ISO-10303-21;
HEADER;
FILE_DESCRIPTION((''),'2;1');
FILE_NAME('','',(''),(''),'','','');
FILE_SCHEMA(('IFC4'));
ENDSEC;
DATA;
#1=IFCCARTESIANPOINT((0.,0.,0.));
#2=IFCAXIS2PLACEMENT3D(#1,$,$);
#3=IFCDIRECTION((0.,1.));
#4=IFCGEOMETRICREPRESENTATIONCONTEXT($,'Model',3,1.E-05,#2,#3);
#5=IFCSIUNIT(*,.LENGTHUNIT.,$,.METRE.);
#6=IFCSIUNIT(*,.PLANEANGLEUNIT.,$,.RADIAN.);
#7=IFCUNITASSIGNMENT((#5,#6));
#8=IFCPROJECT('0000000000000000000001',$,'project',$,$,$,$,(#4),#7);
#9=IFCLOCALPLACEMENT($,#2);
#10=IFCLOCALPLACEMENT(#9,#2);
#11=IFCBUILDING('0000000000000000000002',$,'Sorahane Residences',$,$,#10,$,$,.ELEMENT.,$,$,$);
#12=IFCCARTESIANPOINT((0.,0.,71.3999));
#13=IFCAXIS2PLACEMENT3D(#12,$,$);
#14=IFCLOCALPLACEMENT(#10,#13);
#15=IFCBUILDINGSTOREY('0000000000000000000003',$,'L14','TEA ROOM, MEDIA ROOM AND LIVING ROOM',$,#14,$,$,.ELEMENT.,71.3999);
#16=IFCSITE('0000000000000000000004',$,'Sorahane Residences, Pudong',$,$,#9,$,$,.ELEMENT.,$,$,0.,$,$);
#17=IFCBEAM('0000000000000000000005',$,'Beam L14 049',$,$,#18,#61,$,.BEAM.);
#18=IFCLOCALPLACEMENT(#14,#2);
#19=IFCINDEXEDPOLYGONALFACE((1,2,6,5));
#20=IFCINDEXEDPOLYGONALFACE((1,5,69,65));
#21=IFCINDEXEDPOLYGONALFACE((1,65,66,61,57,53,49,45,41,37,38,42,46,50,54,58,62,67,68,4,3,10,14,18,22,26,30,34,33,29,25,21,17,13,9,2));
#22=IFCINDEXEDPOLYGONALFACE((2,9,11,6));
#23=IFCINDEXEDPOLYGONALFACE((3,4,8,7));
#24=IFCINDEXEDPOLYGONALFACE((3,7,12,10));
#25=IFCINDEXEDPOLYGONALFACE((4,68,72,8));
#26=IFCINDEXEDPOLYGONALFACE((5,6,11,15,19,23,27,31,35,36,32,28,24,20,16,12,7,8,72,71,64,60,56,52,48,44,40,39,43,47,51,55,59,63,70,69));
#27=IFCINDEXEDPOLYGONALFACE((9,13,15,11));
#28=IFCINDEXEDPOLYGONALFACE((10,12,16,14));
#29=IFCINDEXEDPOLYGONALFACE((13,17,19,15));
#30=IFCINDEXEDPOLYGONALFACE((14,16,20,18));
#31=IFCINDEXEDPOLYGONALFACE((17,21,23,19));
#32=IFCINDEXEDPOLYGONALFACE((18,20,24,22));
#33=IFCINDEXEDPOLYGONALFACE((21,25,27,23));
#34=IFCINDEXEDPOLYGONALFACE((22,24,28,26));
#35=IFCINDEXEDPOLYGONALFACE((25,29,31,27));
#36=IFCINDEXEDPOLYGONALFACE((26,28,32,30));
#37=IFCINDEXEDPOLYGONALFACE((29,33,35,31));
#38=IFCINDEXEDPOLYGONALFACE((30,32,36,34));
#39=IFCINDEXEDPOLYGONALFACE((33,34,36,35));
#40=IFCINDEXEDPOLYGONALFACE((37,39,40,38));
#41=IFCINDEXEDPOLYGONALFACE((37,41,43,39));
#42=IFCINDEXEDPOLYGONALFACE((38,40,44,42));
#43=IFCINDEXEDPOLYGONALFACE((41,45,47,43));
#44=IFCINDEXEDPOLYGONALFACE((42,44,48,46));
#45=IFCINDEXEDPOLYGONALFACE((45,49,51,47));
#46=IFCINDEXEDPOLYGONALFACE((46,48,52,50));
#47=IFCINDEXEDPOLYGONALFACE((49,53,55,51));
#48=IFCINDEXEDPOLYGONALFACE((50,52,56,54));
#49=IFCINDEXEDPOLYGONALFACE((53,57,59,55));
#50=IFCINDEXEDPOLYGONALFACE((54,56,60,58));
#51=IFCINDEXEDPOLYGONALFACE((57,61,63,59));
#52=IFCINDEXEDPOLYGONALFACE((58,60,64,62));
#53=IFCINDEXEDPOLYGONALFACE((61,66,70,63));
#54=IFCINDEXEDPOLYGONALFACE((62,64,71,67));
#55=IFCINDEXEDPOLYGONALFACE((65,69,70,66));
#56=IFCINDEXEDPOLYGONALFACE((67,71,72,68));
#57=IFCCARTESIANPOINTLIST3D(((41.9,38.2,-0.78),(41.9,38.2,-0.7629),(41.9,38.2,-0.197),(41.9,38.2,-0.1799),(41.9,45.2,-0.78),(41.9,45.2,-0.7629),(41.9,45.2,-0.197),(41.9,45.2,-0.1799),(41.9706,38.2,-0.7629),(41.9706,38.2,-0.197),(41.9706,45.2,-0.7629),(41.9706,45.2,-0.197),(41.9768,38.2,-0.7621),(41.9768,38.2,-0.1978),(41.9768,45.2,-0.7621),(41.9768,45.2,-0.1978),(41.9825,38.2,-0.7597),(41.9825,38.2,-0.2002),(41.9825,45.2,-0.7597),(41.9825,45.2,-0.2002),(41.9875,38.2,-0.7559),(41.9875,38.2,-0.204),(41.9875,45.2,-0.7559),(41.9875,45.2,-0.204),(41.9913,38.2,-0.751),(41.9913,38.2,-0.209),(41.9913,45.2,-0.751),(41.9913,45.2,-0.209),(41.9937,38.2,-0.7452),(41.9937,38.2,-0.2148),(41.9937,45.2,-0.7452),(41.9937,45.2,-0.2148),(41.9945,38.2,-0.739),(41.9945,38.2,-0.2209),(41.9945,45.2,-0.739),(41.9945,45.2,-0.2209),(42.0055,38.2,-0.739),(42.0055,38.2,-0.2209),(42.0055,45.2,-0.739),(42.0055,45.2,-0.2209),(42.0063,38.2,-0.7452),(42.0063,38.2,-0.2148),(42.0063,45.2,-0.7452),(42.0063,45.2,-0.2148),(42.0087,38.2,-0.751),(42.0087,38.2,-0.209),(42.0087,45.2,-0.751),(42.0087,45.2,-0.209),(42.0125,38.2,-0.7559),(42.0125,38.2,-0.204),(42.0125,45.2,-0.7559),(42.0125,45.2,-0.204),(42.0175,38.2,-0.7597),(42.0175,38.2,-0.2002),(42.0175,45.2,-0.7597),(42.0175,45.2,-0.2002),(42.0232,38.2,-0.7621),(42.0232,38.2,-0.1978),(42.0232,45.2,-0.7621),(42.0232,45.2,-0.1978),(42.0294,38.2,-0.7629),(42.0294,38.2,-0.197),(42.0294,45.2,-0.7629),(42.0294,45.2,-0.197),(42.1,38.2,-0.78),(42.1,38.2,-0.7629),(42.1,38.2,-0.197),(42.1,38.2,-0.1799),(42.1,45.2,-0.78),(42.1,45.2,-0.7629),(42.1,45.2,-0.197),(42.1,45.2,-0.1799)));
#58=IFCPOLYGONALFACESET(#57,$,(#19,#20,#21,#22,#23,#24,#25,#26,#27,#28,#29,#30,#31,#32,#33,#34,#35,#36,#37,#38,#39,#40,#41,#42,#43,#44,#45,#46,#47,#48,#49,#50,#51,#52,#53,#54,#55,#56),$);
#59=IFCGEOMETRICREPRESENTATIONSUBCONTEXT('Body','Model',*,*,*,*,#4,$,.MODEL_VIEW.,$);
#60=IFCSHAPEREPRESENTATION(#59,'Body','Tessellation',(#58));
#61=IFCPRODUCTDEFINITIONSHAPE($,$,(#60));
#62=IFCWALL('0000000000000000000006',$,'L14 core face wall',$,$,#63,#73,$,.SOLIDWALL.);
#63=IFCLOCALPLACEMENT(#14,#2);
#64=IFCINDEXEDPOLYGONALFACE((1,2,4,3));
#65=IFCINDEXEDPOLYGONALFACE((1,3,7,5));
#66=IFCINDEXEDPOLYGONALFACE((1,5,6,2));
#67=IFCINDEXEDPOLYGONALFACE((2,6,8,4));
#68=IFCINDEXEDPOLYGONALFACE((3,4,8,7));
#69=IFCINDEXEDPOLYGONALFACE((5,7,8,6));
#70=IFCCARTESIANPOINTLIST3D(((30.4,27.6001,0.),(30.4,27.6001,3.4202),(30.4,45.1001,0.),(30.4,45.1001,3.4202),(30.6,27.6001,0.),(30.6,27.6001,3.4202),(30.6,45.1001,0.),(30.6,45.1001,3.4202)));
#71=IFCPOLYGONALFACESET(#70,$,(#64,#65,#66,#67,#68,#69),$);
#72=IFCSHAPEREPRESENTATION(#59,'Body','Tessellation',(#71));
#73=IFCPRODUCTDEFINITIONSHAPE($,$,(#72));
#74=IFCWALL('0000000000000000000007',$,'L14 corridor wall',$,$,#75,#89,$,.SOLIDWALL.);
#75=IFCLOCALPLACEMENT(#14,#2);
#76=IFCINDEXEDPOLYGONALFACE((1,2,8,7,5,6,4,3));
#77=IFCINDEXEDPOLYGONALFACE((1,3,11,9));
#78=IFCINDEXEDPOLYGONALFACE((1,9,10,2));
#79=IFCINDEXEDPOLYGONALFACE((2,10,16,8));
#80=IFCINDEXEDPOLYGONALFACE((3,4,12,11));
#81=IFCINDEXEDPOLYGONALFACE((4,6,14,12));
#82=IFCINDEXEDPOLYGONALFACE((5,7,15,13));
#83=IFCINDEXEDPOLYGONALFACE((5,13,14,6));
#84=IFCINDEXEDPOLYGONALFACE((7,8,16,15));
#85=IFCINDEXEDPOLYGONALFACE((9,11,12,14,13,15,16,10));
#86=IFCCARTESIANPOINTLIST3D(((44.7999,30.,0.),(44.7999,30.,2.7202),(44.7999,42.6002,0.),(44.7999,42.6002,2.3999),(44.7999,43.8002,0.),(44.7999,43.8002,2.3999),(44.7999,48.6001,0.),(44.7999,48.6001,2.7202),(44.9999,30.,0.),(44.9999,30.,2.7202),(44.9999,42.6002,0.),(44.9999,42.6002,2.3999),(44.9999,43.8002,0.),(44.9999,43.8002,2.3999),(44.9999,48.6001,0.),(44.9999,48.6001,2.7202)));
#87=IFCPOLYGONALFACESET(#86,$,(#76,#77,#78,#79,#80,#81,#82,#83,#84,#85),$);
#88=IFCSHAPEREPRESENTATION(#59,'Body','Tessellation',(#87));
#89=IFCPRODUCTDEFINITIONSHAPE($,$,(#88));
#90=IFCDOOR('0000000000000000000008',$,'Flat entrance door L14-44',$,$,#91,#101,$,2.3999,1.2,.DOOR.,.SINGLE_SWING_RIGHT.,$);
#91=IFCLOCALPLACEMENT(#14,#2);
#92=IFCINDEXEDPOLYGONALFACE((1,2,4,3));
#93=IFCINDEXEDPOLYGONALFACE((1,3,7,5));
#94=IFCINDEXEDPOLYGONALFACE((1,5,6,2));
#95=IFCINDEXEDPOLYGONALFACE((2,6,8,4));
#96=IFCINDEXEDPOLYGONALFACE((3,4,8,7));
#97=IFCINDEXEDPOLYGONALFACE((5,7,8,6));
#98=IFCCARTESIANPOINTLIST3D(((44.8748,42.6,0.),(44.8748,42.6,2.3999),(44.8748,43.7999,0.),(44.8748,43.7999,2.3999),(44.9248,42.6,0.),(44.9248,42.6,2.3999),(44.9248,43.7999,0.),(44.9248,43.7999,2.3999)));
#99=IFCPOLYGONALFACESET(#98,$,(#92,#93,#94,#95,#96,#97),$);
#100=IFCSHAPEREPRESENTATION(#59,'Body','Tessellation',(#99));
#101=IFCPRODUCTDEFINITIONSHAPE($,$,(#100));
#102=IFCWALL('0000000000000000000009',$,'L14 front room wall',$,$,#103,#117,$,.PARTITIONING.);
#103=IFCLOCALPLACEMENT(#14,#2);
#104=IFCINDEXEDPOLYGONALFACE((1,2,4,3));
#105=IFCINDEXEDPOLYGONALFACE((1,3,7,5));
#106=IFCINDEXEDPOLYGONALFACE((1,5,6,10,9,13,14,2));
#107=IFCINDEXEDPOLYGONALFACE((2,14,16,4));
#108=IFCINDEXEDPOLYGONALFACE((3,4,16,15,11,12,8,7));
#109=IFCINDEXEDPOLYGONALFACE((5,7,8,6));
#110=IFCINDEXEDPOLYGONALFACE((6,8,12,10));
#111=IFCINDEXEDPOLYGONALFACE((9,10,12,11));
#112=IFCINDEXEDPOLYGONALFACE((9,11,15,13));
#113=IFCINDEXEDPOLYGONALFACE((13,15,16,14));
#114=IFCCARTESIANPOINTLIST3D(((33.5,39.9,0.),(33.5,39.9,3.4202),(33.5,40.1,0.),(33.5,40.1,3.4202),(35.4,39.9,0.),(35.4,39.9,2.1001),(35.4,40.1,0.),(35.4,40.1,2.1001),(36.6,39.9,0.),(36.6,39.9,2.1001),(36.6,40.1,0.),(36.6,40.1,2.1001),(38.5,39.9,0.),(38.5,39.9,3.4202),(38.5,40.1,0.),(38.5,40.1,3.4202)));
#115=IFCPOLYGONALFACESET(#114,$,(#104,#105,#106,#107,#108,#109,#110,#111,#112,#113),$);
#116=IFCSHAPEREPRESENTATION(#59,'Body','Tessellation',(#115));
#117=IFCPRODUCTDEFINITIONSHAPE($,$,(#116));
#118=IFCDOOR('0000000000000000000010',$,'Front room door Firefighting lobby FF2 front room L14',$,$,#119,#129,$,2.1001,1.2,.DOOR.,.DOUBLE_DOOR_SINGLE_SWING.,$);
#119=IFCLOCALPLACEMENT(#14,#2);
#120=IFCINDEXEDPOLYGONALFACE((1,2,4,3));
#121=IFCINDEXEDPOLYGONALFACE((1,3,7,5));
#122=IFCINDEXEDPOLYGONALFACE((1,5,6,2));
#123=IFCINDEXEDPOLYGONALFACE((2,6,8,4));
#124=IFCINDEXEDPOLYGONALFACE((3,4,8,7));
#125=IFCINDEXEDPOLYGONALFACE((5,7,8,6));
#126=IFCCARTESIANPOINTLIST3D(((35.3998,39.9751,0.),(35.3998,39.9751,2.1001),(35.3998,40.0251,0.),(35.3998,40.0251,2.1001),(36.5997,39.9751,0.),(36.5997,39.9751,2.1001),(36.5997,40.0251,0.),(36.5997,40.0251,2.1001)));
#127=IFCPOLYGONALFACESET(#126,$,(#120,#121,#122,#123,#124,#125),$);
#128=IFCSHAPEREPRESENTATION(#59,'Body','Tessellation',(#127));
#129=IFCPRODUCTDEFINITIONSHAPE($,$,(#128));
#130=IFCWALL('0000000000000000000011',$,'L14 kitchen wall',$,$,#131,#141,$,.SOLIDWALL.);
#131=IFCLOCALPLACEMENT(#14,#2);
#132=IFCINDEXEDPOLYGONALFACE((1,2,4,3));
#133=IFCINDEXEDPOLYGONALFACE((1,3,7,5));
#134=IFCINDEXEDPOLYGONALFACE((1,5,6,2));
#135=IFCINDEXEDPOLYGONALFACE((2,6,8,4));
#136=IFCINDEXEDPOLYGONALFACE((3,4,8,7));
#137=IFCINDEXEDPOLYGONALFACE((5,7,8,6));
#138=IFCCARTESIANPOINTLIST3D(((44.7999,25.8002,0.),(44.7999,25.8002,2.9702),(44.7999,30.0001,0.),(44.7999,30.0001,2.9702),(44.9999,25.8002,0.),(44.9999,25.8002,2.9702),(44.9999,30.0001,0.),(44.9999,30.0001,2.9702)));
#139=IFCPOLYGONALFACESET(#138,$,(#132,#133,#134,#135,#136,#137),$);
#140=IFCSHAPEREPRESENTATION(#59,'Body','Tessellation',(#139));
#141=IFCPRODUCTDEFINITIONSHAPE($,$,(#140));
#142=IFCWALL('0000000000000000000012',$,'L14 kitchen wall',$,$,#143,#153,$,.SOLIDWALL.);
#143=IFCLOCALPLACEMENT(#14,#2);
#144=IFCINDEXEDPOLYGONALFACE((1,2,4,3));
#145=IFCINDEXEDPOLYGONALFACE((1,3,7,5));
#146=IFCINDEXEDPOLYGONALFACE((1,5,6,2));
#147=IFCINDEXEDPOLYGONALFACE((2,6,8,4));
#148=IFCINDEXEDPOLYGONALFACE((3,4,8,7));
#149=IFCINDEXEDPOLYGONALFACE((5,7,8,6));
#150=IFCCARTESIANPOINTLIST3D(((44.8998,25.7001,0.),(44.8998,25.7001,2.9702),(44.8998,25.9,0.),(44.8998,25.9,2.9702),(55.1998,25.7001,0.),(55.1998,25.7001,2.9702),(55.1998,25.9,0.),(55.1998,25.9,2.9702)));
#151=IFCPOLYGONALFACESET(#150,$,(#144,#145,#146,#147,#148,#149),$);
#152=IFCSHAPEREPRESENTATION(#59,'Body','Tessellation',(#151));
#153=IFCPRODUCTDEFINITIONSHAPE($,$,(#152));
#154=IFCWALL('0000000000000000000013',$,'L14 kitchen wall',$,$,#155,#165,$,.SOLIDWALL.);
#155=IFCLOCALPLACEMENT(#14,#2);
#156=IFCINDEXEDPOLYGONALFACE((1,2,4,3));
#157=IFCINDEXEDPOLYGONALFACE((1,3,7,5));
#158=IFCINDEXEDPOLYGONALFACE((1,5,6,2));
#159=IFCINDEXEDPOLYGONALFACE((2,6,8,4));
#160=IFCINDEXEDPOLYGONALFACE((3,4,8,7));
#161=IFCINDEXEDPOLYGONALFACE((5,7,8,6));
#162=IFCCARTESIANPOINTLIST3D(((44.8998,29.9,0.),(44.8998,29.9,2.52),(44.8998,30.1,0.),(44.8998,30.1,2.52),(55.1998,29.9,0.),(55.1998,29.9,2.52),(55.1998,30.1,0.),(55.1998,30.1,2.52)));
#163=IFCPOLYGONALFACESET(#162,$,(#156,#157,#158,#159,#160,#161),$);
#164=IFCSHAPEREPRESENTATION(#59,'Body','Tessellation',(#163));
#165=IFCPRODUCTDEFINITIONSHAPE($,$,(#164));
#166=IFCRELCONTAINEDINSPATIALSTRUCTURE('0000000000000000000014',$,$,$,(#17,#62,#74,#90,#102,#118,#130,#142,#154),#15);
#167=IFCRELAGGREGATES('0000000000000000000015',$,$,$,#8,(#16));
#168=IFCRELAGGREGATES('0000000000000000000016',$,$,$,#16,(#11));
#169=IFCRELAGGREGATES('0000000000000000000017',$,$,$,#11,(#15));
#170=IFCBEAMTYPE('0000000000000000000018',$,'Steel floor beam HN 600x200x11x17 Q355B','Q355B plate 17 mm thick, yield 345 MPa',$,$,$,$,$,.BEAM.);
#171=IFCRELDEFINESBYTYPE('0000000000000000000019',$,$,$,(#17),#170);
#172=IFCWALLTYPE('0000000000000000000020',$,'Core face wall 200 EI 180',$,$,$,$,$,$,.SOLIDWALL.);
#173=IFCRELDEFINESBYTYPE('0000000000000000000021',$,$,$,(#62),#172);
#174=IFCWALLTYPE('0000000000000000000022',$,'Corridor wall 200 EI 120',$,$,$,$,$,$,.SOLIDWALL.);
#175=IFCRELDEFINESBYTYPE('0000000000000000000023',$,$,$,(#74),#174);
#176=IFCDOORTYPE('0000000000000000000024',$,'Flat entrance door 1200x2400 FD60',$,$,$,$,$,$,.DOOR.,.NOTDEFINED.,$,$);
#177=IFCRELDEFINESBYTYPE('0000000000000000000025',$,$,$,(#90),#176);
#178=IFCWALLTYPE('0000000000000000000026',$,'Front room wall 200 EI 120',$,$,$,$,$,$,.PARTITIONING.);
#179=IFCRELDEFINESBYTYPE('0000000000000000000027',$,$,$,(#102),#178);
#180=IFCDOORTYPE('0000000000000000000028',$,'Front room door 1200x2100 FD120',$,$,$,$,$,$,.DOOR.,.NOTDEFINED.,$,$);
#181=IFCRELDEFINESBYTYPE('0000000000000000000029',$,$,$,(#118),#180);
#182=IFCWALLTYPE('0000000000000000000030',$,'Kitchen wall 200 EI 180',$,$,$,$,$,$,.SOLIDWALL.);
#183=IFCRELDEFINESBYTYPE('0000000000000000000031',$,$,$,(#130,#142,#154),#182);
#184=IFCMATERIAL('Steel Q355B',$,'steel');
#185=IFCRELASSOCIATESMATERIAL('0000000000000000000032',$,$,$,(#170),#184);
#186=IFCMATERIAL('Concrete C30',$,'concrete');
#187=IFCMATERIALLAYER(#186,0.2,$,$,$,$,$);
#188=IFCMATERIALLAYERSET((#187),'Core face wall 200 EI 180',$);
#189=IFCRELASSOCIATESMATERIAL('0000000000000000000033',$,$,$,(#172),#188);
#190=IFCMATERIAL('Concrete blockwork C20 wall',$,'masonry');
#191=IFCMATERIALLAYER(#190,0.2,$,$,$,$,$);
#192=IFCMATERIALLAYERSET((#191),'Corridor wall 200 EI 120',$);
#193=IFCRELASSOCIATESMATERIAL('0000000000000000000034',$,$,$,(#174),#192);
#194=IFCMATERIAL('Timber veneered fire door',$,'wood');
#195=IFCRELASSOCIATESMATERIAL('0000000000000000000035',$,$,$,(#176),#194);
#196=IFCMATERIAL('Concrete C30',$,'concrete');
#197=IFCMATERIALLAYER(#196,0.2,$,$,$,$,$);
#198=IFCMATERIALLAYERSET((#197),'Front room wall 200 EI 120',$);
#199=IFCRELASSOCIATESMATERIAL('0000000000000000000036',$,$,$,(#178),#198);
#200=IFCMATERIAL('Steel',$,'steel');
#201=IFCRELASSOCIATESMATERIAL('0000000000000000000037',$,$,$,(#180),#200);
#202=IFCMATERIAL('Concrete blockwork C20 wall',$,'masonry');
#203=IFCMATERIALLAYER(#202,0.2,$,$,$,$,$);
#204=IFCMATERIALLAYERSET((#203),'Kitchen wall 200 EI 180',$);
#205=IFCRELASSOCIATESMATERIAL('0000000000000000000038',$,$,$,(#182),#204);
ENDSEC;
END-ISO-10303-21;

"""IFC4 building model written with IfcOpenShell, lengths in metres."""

from ifc_helpers import new_model, si_unit, direction, frame, frame_2d, origin, origin_2d, place, context, subcontext, project, spatial, rectangle, i_section, extrude, material, layer, layer_set, material_profile, profile_set, type_object, element, fill, save


model = new_model("IFC4")

# Units and contexts
model_context = context("Model", 3, precision=1e-05, world=origin(), true_north=direction((0.0, 1.0)))
body_context = subcontext(model_context, "Body", "Model", "MODEL_VIEW")
ifc_project = project(units=[si_unit("LENGTHUNIT", "METRE"), si_unit("PLANEANGLEUNIT", "RADIAN")], contexts=[model_context])

# Site, building, storey
site_placement = place(None, origin())
site = spatial("IfcSite", under=ifc_project, at=site_placement, Name="Sorahane Residences, Pudong", CompositionType="ELEMENT", RefElevation=0.0)
building_placement = place(site_placement, origin())
building = spatial("IfcBuilding", under=site, at=building_placement, Name="Sorahane Residences", CompositionType="ELEMENT")
storey_placement = place(building_placement, frame((0.0, 0.0, 71.3999)))
storey = spatial("IfcBuildingStorey", under=building, at=storey_placement, Name="L14", Description="TEA ROOM, MEDIA ROOM AND LIVING ROOM", CompositionType="ELEMENT", Elevation=71.3999)

# Beam
ifc_material_1 = material(Name="Steel Q355B", Category="steel")
ifc_material_profile_1 = material_profile(ifc_material_1, i_section(OverallWidth=0.2, OverallDepth=0.6001, WebThickness=0.011, FlangeThickness=0.0171, FilletRadius=0.0239, at=origin_2d()), Name="HN 600x200x11x17")
ifc_profile_set_1 = profile_set([ifc_material_profile_1], Name="Steel Q355B")
beam_type_1 = type_object("IfcBeamType", Name="Steel floor beam HN 600x200x11x17 Q355B", Description="Q355B plate 17 mm thick, yield 345 MPa", PredefinedType="BEAM", material=ifc_profile_set_1)
for number, where, z_axis, x_axis, name in (
    (1, (42.0, 38.2, -0.48), (0.0, 1.0, 0.0), (-1.0, 0.0, 0.0), "Beam L14 049"),
):
    element("IfcBeam", number, at=place(storey_placement, frame(where, z_axis=z_axis, x_axis=x_axis)), inside=storey, type_object=beam_type_1, Name=name, PredefinedType="BEAM", context=body_context, shape_type="SweptSolid", body=[
        extrude(i_section(OverallWidth=0.2, OverallDepth=0.6001, WebThickness=0.011, FlangeThickness=0.0171, FilletRadius=0.0239, at=origin_2d()), origin(), (0.0, 0.0, 1.0), 7.0),
    ])

# Wall
ifc_material_2 = material(Name="Concrete C30", Category="concrete")
ifc_layer_1 = layer(ifc_material_2, 0.2)
ifc_layer_set_1 = layer_set([ifc_layer_1], Name="Core face wall 200 EI 180")
wall_type_1 = type_object("IfcWallType", Name="Core face wall 200 EI 180", PredefinedType="SOLIDWALL", material=ifc_layer_set_1)
wall_1_placement = place(storey_placement, frame((30.5, 27.6001, 0.0), z_axis=(0.0, 0.0, 1.0), x_axis=(0.0, 1.0, 0.0)))
element("IfcWall", 2, at=wall_1_placement, inside=storey, type_object=wall_type_1, Name="L14 core face wall", PredefinedType="SOLIDWALL", context=body_context, shape_type="SweptSolid", body=[
    extrude(rectangle(XDim=17.5, YDim=0.2, at=frame_2d((8.75, 0.0))), origin(), (0.0, 0.0, 1.0), 3.4202),
])

# Walls, openings, doors
ifc_material_3 = material(Name="Concrete blockwork C20 wall", Category="masonry")
ifc_layer_2 = layer(ifc_material_3, 0.2)
ifc_layer_set_2 = layer_set([ifc_layer_2], Name="Corridor wall 200 EI 120")
wall_type_2 = type_object("IfcWallType", Name="Corridor wall 200 EI 120", PredefinedType="SOLIDWALL", material=ifc_layer_set_2)
wall_2_placement = place(storey_placement, frame((44.8999, 30.0, 0.0), z_axis=(0.0, 0.0, 1.0), x_axis=(0.0, 1.0, 0.0)))
wall_2 = element("IfcWall", 3, at=wall_2_placement, inside=storey, type_object=wall_type_2, Name="L14 corridor wall", PredefinedType="SOLIDWALL", context=body_context, shape_type="SweptSolid", body=[
    extrude(rectangle(XDim=18.6001, YDim=0.2, at=frame_2d((9.3, 0.0))), origin(), (0.0, 0.0, 1.0), 2.7202),
])
opening_1_placement = place(wall_2_placement, frame((12.6001, 0.0, 0.0)))
opening_1 = element("IfcOpeningElement", 4, at=opening_1_placement, cuts=wall_2, PredefinedType="OPENING", context=body_context, shape_type="SweptSolid", body=[
    extrude(rectangle(XDim=1.2, YDim=2.3999, at=frame_2d((0.6001, 1.2))), frame((0.0, 0.1099, 0.0), z_axis=(0.0, -1.0, 0.0), x_axis=(1.0, 0.0, 0.0)), (0.0, 0.0, 1.0), 0.22),
])
ifc_material_4 = material(Name="Timber veneered fire door", Category="wood")
door_type_1 = type_object("IfcDoorType", Name="Flat entrance door 1200x2400 FD60", OperationType="NOTDEFINED", PredefinedType="DOOR", material=ifc_material_4)
door_1_placement = place(opening_1_placement, frame((1.2, 0.0, 0.0), z_axis=(0.0, 0.0, 1.0), x_axis=(-1.0, 0.0, 0.0)))
door_1 = element("IfcDoor", 5, at=door_1_placement, inside=storey, type_object=door_type_1, Name="Flat entrance door L14-44", OperationType="SINGLE_SWING_RIGHT", OverallHeight=2.3999, OverallWidth=1.2, PredefinedType="DOOR", context=body_context, shape_type="SweptSolid", body=[
    extrude(rectangle(XDim=1.2, YDim=2.3999, at=frame_2d((0.6001, 1.2))), frame((0.0, 0.0249, 0.0), z_axis=(0.0, -1.0, 0.0), x_axis=(1.0, 0.0, 0.0)), (0.0, 0.0, 1.0), 0.05),
])
fill(opening_1, door_1)
ifc_material_5 = material(Name="Concrete C30", Category="concrete")
ifc_layer_3 = layer(ifc_material_5, 0.2)
ifc_layer_set_3 = layer_set([ifc_layer_3], Name="Front room wall 200 EI 120")
wall_type_3 = type_object("IfcWallType", Name="Front room wall 200 EI 120", PredefinedType="PARTITIONING", material=ifc_layer_set_3)
wall_3_placement = place(storey_placement, frame((33.5, 40.0, 0.0), z_axis=(0.0, 0.0, 1.0), x_axis=(1.0, 0.0, 0.0)))
wall_3 = element("IfcWall", 6, at=wall_3_placement, inside=storey, type_object=wall_type_3, Name="L14 front room wall", PredefinedType="PARTITIONING", context=body_context, shape_type="SweptSolid", body=[
    extrude(rectangle(XDim=5.0, YDim=0.2, at=frame_2d((2.5, 0.0))), origin(), (0.0, 0.0, 1.0), 3.4202),
])
opening_2_placement = place(wall_3_placement, frame((1.8999, 0.0, 0.0)))
opening_2 = element("IfcOpeningElement", 7, at=opening_2_placement, cuts=wall_3, PredefinedType="OPENING", context=body_context, shape_type="SweptSolid", body=[
    extrude(rectangle(XDim=1.2, YDim=2.1001, at=frame_2d((0.6001, 1.05))), frame((0.0, 0.1099, 0.0), z_axis=(0.0, -1.0, 0.0), x_axis=(1.0, 0.0, 0.0)), (0.0, 0.0, 1.0), 0.22),
])
ifc_material_6 = material(Name="Steel", Category="steel")
door_type_2 = type_object("IfcDoorType", Name="Front room door 1200x2100 FD120", OperationType="NOTDEFINED", PredefinedType="DOOR", material=ifc_material_6)
door_2_placement = place(opening_2_placement, frame((1.2, 0.0, 0.0), z_axis=(0.0, 0.0, 1.0), x_axis=(-1.0, 0.0, 0.0)))
door_2 = element("IfcDoor", 8, at=door_2_placement, inside=storey, type_object=door_type_2, Name="Front room door Firefighting lobby FF2 front room L14", OperationType="DOUBLE_DOOR_SINGLE_SWING", OverallHeight=2.1001, OverallWidth=1.2, PredefinedType="DOOR", context=body_context, shape_type="SweptSolid", body=[
    extrude(rectangle(XDim=1.2, YDim=2.1001, at=frame_2d((0.6001, 1.05))), frame((0.0, 0.0249, 0.0), z_axis=(0.0, -1.0, 0.0), x_axis=(1.0, 0.0, 0.0)), (0.0, 0.0, 1.0), 0.05),
])
fill(opening_2, door_2)

# Walls
ifc_material_7 = material(Name="Concrete blockwork C20 wall", Category="masonry")
ifc_layer_4 = layer(ifc_material_7, 0.2)
ifc_layer_set_4 = layer_set([ifc_layer_4], Name="Kitchen wall 200 EI 180")
wall_type_4 = type_object("IfcWallType", Name="Kitchen wall 200 EI 180", PredefinedType="SOLIDWALL", material=ifc_layer_set_4)
wall_4_placement = place(storey_placement, frame((44.8999, 25.8, 0.0), z_axis=(0.0, 0.0, 1.0), x_axis=(0.0, 1.0, 0.0)))
element("IfcWall", 9, at=wall_4_placement, inside=storey, type_object=wall_type_4, Name="L14 kitchen wall", PredefinedType="SOLIDWALL", context=body_context, shape_type="SweptSolid", body=[
    extrude(rectangle(XDim=4.2, YDim=0.2, at=frame_2d((2.1001, 0.0))), origin(), (0.0, 0.0, 1.0), 2.9702),
])
wall_5_placement = place(storey_placement, frame((44.8999, 25.8, 0.0), z_axis=(0.0, 0.0, 1.0), x_axis=(1.0, 0.0, 0.0)))
element("IfcWall", 10, at=wall_5_placement, inside=storey, type_object=wall_type_4, Name="L14 kitchen wall", PredefinedType="SOLIDWALL", context=body_context, shape_type="SweptSolid", body=[
    extrude(rectangle(XDim=10.3, YDim=0.2, at=frame_2d((5.1499, 0.0))), origin(), (0.0, 0.0, 1.0), 2.9702),
])
wall_6_placement = place(storey_placement, frame((44.8999, 30.0, 0.0), z_axis=(0.0, 0.0, 1.0), x_axis=(1.0, 0.0, 0.0)))
element("IfcWall", 11, at=wall_6_placement, inside=storey, type_object=wall_type_4, Name="L14 kitchen wall", PredefinedType="SOLIDWALL", context=body_context, shape_type="SweptSolid", body=[
    extrude(rectangle(XDim=10.3, YDim=0.2, at=frame_2d((5.1499, 0.0))), origin(), (0.0, 0.0, 1.0), 2.52),
])

save(model, "model.ifc")
